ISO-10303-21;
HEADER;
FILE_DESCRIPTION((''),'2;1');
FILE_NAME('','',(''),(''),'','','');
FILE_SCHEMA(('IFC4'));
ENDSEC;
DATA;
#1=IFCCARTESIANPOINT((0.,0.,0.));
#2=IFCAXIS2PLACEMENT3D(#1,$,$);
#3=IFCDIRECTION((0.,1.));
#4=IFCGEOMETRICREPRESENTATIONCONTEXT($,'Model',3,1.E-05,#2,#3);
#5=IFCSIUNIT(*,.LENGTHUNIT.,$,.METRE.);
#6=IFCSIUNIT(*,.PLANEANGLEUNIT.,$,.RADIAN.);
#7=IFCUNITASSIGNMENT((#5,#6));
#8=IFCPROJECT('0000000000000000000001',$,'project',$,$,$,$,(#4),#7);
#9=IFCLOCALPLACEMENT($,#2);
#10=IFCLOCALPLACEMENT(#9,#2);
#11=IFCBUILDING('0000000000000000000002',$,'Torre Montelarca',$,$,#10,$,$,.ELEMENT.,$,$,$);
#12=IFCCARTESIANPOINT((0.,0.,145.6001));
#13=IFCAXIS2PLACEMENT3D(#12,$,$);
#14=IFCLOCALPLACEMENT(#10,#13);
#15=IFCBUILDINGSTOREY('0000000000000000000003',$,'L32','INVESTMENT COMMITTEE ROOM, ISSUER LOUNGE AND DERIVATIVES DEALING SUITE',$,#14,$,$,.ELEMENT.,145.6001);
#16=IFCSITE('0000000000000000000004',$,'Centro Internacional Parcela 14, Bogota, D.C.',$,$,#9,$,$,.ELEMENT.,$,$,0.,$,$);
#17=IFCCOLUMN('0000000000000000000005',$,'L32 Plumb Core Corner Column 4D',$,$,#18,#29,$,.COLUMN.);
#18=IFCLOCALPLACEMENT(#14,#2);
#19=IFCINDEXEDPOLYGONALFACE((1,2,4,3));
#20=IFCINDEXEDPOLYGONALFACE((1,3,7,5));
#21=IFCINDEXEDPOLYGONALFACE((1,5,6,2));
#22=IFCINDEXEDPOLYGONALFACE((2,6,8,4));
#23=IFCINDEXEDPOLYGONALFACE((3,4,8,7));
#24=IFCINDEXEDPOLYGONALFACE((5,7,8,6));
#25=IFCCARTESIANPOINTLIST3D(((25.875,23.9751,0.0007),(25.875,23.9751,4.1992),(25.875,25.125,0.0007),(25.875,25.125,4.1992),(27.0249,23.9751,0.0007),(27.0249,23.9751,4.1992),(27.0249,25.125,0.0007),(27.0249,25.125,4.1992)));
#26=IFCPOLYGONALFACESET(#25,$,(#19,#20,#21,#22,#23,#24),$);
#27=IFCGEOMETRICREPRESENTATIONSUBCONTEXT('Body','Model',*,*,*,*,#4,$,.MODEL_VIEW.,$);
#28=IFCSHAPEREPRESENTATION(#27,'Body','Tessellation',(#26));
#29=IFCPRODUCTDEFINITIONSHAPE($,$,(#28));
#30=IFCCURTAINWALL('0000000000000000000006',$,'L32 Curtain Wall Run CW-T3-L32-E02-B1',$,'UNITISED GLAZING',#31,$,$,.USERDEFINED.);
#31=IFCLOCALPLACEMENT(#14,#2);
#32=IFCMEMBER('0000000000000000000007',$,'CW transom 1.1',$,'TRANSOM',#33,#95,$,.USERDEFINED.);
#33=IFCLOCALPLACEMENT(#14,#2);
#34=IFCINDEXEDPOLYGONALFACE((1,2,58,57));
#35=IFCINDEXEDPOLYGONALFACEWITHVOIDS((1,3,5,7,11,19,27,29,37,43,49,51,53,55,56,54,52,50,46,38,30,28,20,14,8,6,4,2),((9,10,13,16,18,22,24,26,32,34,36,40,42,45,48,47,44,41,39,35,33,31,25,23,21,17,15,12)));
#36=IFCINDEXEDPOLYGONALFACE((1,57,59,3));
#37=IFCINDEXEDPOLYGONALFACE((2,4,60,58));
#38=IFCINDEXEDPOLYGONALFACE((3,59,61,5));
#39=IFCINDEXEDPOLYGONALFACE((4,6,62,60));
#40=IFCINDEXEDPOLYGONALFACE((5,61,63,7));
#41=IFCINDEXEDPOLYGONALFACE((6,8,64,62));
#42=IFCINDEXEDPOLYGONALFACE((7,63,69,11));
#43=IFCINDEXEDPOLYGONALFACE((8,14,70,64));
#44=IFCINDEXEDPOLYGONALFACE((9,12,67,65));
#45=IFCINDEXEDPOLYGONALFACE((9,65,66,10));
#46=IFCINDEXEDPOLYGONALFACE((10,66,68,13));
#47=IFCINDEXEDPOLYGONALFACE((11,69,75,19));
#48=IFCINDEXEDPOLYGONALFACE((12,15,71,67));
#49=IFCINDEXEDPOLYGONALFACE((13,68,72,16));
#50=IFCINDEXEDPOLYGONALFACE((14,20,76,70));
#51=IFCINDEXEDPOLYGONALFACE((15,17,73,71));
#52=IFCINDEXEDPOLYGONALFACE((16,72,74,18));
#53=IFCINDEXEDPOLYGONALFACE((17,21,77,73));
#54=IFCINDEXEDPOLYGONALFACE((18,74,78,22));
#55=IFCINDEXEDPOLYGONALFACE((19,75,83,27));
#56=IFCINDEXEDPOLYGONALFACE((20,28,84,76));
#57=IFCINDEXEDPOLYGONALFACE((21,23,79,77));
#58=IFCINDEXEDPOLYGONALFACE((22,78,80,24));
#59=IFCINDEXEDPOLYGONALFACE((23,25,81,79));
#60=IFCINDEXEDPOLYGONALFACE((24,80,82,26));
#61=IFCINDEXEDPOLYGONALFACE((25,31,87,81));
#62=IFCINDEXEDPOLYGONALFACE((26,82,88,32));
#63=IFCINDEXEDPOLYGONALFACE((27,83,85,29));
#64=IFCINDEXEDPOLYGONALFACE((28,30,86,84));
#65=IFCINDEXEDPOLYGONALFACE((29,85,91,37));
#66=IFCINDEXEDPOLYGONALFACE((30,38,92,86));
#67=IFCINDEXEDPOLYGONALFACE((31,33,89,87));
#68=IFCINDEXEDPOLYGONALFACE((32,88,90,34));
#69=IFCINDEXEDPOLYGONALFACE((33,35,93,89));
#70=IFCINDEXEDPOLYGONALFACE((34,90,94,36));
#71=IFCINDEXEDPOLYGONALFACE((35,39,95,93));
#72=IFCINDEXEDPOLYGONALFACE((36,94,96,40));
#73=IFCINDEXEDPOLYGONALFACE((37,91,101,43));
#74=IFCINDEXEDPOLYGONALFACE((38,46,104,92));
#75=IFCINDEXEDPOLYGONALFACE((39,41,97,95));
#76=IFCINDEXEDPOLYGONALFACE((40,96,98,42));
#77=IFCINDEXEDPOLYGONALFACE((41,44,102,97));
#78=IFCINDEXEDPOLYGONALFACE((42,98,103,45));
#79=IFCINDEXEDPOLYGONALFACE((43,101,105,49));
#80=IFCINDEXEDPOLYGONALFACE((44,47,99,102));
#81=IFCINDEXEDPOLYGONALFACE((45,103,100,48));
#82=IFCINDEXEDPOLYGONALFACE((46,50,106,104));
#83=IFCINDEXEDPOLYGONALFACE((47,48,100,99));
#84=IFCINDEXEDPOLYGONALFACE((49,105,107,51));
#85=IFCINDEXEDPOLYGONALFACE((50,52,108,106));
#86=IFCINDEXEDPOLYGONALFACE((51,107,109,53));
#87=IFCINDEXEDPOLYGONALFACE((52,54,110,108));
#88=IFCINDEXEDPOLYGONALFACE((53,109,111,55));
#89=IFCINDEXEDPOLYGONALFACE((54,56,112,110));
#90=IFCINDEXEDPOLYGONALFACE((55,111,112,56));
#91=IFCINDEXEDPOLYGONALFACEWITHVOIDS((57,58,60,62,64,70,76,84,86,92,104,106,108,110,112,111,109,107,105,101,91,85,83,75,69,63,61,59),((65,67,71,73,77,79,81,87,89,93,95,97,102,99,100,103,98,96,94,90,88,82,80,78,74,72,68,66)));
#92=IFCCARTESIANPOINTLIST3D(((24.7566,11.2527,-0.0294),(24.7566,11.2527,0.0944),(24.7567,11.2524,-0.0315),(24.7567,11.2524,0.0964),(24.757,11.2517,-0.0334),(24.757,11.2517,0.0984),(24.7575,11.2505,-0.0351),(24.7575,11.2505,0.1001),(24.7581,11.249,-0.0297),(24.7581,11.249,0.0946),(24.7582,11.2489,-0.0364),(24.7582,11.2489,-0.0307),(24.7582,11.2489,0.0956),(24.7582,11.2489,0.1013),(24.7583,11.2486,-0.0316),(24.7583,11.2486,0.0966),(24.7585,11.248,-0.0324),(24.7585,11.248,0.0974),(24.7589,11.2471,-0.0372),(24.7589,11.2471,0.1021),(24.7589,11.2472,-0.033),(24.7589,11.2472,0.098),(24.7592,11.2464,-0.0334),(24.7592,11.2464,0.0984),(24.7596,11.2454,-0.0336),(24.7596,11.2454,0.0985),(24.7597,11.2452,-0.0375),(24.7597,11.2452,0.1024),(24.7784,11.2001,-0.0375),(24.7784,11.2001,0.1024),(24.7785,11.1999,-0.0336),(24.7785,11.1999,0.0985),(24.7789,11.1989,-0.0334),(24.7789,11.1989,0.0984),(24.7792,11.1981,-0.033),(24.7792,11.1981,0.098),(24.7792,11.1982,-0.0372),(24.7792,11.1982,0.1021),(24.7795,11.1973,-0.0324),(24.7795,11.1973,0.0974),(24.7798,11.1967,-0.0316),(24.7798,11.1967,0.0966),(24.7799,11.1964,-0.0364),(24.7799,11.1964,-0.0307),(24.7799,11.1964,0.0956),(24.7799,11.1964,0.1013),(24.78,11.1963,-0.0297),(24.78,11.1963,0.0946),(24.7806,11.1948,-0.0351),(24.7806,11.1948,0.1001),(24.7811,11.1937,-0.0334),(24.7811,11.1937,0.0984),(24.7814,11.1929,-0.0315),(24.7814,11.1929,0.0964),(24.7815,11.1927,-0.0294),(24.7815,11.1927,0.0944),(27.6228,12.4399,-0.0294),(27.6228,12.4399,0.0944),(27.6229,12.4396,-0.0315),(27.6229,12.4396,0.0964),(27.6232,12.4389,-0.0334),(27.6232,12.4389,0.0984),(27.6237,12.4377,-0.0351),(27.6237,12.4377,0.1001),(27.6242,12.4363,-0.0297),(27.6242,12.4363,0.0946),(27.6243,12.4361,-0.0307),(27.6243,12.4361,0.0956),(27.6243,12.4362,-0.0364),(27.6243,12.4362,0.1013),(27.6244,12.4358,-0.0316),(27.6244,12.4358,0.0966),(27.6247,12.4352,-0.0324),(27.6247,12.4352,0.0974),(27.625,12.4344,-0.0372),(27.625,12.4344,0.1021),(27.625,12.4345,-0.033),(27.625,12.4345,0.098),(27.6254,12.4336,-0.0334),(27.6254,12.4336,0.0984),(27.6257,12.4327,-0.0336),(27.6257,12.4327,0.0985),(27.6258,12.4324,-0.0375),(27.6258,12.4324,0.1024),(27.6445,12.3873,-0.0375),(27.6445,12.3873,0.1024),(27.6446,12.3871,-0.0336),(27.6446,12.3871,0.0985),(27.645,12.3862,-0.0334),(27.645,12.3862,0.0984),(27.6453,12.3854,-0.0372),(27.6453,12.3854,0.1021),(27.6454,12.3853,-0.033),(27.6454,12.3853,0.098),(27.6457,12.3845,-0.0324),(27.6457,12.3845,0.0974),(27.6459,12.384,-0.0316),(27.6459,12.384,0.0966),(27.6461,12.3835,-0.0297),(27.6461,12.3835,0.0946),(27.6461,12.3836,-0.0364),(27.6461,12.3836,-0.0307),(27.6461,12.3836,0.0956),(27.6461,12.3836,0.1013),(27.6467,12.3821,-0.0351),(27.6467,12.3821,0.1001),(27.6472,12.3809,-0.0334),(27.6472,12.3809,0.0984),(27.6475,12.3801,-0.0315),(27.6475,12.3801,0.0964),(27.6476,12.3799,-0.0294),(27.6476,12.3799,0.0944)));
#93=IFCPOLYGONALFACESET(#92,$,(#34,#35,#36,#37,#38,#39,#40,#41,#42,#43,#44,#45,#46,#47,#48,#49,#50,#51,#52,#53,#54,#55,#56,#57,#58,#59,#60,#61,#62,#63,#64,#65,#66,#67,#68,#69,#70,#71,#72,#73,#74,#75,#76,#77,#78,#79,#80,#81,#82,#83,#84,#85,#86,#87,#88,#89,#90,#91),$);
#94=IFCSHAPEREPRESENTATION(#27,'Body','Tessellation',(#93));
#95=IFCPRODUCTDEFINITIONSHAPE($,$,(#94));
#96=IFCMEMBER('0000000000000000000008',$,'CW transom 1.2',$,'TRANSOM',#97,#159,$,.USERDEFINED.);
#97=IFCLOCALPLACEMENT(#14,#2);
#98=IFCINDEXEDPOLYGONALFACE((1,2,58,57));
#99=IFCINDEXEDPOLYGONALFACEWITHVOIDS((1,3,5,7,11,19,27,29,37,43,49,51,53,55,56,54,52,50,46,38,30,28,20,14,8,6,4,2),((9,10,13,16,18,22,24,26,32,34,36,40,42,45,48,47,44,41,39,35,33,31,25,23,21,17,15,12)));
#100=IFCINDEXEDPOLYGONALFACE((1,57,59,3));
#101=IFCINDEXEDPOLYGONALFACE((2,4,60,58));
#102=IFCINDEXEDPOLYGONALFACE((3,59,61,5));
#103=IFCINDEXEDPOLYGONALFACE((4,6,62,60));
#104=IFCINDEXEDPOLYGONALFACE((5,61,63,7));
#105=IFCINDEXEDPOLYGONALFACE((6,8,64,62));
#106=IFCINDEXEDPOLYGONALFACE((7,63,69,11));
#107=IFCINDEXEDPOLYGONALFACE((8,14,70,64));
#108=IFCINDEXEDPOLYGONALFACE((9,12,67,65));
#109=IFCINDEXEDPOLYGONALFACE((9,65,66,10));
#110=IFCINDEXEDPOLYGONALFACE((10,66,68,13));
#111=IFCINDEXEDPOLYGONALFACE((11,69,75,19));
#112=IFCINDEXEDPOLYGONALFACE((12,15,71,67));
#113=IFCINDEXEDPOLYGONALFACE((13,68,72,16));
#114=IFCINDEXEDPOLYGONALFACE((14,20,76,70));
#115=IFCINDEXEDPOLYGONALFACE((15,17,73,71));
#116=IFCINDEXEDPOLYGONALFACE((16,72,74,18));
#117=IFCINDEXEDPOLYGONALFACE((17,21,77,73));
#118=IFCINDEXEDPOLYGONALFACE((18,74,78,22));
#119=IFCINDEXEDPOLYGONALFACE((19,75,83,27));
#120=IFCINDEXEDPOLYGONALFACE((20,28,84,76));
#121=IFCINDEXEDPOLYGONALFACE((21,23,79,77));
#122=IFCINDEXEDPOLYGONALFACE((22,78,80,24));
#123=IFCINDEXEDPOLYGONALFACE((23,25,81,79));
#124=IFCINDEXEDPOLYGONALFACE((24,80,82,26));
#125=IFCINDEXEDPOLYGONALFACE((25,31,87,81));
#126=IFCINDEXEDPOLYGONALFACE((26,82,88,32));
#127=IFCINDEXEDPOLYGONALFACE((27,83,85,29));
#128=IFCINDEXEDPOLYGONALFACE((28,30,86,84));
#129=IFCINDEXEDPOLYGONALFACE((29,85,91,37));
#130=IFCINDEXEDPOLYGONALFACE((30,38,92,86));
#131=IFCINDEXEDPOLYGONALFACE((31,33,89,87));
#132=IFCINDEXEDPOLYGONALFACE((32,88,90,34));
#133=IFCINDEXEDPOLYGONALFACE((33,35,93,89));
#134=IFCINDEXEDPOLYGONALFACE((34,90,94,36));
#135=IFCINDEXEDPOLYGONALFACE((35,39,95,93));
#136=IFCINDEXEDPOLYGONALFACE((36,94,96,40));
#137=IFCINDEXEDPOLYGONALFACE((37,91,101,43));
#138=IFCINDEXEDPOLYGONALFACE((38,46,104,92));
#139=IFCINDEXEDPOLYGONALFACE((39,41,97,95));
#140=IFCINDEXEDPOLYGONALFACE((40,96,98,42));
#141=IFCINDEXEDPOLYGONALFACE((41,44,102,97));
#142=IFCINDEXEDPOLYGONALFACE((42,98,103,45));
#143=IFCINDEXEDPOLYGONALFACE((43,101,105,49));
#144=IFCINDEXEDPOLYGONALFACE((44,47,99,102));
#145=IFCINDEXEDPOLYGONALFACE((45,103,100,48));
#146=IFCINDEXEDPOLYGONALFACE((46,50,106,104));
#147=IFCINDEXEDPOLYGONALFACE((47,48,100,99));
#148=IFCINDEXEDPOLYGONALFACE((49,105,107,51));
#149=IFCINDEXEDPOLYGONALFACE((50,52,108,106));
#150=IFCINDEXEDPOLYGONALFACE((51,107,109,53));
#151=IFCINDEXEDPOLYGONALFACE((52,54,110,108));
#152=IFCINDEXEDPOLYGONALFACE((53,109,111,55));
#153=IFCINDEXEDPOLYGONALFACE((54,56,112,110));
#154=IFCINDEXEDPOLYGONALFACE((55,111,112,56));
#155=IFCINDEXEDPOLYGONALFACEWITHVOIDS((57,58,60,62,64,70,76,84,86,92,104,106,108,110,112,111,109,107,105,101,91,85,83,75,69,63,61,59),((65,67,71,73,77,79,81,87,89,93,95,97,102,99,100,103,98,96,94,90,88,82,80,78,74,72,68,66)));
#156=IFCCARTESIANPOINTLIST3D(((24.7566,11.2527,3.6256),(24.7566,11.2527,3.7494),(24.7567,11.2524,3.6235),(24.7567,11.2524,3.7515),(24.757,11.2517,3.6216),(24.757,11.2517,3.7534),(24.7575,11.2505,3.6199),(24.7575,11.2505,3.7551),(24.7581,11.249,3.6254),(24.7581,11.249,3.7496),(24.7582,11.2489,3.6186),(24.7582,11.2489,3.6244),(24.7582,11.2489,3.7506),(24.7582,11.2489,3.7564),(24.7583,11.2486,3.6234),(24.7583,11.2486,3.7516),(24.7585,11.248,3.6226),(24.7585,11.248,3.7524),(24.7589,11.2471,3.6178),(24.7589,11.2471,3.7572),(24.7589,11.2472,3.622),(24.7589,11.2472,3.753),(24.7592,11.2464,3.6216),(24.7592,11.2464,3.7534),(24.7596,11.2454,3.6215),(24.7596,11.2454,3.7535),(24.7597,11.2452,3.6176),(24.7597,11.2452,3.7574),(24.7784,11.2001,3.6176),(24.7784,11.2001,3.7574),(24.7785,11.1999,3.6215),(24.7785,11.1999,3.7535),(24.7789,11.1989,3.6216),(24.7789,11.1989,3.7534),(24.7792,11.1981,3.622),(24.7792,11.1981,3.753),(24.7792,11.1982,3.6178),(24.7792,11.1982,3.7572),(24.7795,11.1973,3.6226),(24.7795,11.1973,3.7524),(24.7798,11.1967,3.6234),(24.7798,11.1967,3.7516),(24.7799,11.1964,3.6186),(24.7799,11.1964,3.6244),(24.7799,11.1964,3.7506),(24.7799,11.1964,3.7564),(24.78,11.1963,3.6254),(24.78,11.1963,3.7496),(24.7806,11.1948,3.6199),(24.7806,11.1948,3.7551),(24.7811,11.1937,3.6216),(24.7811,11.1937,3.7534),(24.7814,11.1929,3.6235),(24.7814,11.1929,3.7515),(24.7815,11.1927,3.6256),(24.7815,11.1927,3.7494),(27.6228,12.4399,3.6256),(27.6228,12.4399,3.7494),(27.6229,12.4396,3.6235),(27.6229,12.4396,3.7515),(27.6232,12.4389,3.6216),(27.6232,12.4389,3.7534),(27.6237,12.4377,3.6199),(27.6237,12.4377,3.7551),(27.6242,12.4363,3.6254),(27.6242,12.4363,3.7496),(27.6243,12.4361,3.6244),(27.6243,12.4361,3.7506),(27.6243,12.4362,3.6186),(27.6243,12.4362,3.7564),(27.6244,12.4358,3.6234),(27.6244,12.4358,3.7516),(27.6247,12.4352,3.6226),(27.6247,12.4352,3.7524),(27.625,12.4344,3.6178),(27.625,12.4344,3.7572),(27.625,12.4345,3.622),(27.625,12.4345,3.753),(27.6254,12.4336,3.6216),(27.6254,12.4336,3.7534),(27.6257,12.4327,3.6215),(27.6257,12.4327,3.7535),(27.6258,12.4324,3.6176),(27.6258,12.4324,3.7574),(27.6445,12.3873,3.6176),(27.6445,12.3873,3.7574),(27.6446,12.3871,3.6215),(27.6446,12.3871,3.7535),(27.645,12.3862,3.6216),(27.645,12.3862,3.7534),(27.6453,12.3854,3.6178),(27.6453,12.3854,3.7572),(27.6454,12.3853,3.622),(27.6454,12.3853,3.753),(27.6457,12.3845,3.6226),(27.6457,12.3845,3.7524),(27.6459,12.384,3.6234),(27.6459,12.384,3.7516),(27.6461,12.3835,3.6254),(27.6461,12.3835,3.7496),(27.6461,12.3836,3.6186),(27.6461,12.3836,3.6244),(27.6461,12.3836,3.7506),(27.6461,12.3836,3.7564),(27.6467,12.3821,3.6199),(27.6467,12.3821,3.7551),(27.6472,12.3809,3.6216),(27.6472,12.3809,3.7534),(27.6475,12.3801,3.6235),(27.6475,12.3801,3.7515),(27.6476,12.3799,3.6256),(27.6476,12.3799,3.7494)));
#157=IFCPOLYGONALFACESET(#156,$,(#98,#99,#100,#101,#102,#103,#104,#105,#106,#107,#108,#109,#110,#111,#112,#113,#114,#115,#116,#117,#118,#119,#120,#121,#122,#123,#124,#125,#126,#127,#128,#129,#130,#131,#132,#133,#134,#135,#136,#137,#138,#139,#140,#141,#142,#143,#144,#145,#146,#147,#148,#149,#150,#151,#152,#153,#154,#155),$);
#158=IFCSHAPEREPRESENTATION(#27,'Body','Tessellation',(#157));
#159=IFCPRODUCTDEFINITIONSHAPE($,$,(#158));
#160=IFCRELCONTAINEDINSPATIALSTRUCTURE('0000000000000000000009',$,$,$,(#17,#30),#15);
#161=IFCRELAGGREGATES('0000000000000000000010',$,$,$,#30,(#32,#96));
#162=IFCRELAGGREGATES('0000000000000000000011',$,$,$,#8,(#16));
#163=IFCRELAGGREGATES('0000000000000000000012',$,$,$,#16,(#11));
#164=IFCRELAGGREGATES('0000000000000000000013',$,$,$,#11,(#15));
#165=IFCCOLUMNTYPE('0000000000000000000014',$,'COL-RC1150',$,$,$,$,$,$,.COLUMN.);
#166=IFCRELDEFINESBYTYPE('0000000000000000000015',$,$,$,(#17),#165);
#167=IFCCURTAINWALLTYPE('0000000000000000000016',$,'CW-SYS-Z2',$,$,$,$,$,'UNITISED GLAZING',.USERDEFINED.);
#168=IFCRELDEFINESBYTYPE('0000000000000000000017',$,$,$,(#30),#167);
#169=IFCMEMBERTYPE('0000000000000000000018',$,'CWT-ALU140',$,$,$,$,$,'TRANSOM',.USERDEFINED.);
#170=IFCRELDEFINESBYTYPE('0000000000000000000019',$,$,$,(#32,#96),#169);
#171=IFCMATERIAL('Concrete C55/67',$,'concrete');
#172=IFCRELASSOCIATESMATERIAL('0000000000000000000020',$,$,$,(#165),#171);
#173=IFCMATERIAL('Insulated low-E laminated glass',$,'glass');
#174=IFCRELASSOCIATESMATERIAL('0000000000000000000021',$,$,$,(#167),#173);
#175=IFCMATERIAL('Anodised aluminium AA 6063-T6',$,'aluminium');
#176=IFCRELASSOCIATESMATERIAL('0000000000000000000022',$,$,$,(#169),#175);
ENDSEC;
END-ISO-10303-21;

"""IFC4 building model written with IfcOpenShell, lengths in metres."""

from ifc_helpers import new_model, si_unit, direction, frame, origin, origin_2d, place, context, subcontext, project, spatial, rectangle, hollow_rectangle, extrude, source, transform, mapped, material, material_profile, profile_set, type_object, element, aggregate, save


model = new_model("IFC4")

# Units and contexts
model_context = context("Model", 3, precision=1e-05, world=origin(), true_north=direction((0.0, 1.0)))
body_context = subcontext(model_context, "Body", "Model", "MODEL_VIEW")
ifc_project = project(units=[si_unit("LENGTHUNIT", "METRE"), si_unit("PLANEANGLEUNIT", "RADIAN")], contexts=[model_context])

# Site, building, storey
site_placement = place(None, origin())
site = spatial("IfcSite", under=ifc_project, at=site_placement, Name="Centro Internacional Parcela 14, Bogota, D.C.", CompositionType="ELEMENT", RefElevation=0.0)
building_placement = place(site_placement, origin())
building = spatial("IfcBuilding", under=site, at=building_placement, Name="Torre Montelarca", CompositionType="ELEMENT")
storey_placement = place(building_placement, frame((0.0, 0.0, 145.6001)))
storey = spatial("IfcBuildingStorey", under=building, at=storey_placement, Name="L32", Description="INVESTMENT COMMITTEE ROOM, ISSUER LOUNGE AND DERIVATIVES DEALING SUITE", CompositionType="ELEMENT", Elevation=145.6001)

# Column
ifc_material_1 = material(Name="Concrete C55/67", Category="concrete")
ifc_material_profile_1 = material_profile(ifc_material_1, rectangle(XDim=1.1499, YDim=1.1499, at=origin_2d()), Name="RC1150X1150", Category="concrete")
ifc_profile_set_1 = profile_set([ifc_material_profile_1], Name="Concrete C55/67")
column_type_1 = type_object("IfcColumnType", Name="COL-RC1150", PredefinedType="COLUMN", material=ifc_profile_set_1)
shared_shape_1 = source(origin(), body_context, "Body", "SweptSolid", [
    extrude(rectangle(XDim=1.1499, YDim=1.1499, at=origin_2d()), origin(), (0.0, 0.0, 1.0), 4.1985),
])
column_1_placement = place(storey_placement, frame((26.45, 24.55, 0.0007), z_axis=(0.0, 0.0, 1.0), x_axis=(1.0, 0.0, 0.0)))
element("IfcColumn", 1, at=column_1_placement, inside=storey, type_object=column_type_1, Name="L32 Plumb Core Corner Column 4D", PredefinedType="COLUMN", context=body_context, shape_type="MappedRepresentation", body=[
    mapped(shared_shape_1, transform((0.0, 0.0, 0.0), scale=1.0)),
])

# Curtain wall, members
ifc_material_2 = material(Name="Insulated low-E laminated glass", Category="glass")
curtain_wall_type = type_object("IfcCurtainWallType", Name="CW-SYS-Z2", ElementType="UNITISED GLAZING", PredefinedType="USERDEFINED", material=ifc_material_2)
curtain_wall_1_placement = place(storey_placement, origin())
curtain_wall_1 = element("IfcCurtainWall", 2, at=curtain_wall_1_placement, inside=storey, type_object=curtain_wall_type, Name="L32 Curtain Wall Run CW-T3-L32-E02-B1", ObjectType="UNITISED GLAZING", PredefinedType="USERDEFINED")
ifc_material_3 = material(Name="Anodised aluminium AA 6063-T6", Category="aluminium")
ifc_material_profile_2 = material_profile(ifc_material_3, hollow_rectangle(XDim=0.0649, YDim=0.1399, WallThickness=0.0039, InnerFilletRadius=0.0039, OuterFilletRadius=0.0081, at=origin_2d()), Name="ALU65X140X4", Category="aluminium")
ifc_profile_set_2 = profile_set([ifc_material_profile_2], Name="Anodised aluminium AA 6063-T6")
member_type_1 = type_object("IfcMemberType", Name="CWT-ALU140", ElementType="TRANSOM", PredefinedType="USERDEFINED", material=ifc_profile_set_2)
shared_shape_2 = source(origin(), body_context, "Body", "SweptSolid", [
    extrude(hollow_rectangle(XDim=0.0649, YDim=0.1399, WallThickness=0.0039, InnerFilletRadius=0.0039, OuterFilletRadius=0.0081, at=origin_2d()), origin(), (0.0, 0.0, 1.0), 3.1023),
])
member_1_placement = place(storey_placement, frame((24.769, 11.2227, 0.0325), z_axis=(0.923876, 0.382692, 0.0), x_axis=(-0.382692, 0.923876, 0.0)))
member_1 = element("IfcMember", 3, at=member_1_placement, type_object=member_type_1, Name="CW transom 1.1", ObjectType="TRANSOM", PredefinedType="USERDEFINED", context=body_context, shape_type="MappedRepresentation", body=[
    mapped(shared_shape_2, transform((0.0, 0.0, 0.0), scale=1.0)),
])
member_2_placement = place(storey_placement, frame((24.769, 11.2227, 3.6875), z_axis=(0.923876, 0.382692, 0.0), x_axis=(-0.382692, 0.923876, 0.0)))
member_2 = element("IfcMember", 4, at=member_2_placement, type_object=member_type_1, Name="CW transom 1.2", ObjectType="TRANSOM", PredefinedType="USERDEFINED", context=body_context, shape_type="MappedRepresentation", body=[
    mapped(shared_shape_2, transform((0.0, 0.0, 0.0), scale=1.0)),
])

aggregate(curtain_wall_1, [member_1, member_2])

save(model, "model.ifc")
